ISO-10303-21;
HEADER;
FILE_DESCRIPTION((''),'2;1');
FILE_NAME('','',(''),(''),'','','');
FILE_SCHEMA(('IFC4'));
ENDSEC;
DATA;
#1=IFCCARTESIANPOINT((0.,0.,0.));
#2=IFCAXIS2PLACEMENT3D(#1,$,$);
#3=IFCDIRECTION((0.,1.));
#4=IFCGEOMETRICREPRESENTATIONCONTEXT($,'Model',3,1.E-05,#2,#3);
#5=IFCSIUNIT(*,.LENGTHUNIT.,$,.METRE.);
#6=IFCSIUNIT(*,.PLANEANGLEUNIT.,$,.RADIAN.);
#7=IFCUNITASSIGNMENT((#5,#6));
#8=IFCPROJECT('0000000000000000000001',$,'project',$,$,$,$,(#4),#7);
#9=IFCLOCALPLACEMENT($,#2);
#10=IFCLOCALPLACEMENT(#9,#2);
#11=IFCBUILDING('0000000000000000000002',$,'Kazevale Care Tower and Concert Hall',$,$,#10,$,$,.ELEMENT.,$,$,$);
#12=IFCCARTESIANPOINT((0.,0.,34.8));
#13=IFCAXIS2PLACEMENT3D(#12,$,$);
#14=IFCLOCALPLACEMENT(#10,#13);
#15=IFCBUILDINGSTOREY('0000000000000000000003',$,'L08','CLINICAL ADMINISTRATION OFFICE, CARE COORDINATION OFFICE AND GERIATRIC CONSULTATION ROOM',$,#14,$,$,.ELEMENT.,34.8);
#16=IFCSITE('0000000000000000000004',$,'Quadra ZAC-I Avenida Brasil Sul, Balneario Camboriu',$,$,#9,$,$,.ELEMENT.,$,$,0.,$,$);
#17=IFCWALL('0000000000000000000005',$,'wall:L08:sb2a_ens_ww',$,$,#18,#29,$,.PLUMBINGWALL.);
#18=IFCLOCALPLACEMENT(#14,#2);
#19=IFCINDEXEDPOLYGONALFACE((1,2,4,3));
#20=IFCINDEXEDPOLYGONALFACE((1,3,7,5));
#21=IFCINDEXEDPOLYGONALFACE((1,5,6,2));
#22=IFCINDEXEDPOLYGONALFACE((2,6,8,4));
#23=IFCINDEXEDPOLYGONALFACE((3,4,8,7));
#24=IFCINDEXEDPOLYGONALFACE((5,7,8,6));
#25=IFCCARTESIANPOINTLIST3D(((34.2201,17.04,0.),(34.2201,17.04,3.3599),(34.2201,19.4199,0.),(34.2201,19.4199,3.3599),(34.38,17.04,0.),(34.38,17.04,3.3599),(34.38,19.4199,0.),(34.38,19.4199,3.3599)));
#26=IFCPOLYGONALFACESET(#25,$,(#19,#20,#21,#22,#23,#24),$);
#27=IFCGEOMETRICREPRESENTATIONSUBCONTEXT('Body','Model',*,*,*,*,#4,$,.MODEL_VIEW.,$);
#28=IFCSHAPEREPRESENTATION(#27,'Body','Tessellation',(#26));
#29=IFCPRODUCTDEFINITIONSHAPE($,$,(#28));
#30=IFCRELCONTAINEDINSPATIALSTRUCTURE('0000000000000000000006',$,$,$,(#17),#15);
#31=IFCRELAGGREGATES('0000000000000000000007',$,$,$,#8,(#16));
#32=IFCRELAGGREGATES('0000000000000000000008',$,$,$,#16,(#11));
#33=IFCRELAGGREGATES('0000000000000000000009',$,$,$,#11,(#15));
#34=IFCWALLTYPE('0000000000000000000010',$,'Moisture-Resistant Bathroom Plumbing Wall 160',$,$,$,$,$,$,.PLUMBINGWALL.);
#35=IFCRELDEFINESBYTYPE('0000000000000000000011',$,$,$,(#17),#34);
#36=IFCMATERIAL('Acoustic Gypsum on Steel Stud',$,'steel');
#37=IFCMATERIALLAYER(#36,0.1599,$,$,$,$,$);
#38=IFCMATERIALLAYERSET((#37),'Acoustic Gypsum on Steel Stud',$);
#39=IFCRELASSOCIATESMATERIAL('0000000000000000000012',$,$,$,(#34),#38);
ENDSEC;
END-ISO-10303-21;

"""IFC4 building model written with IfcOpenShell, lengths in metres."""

from ifc_helpers import new_model, si_unit, direction, frame, frame_2d, origin, place, context, subcontext, project, spatial, rectangle, extrude, material, layer, layer_set, type_object, element, save


model = new_model("IFC4")

# Units and contexts
model_context = context("Model", 3, precision=1e-05, world=origin(), true_north=direction((0.0, 1.0)))
body_context = subcontext(model_context, "Body", "Model", "MODEL_VIEW")
ifc_project = project(units=[si_unit("LENGTHUNIT", "METRE"), si_unit("PLANEANGLEUNIT", "RADIAN")], contexts=[model_context])

# Site, building, storey
site_placement = place(None, origin())
site = spatial("IfcSite", under=ifc_project, at=site_placement, Name="Quadra ZAC-I Avenida Brasil Sul, Balneario Camboriu", CompositionType="ELEMENT", RefElevation=0.0)
building_placement = place(site_placement, origin())
building = spatial("IfcBuilding", under=site, at=building_placement, Name="Kazevale Care Tower and Concert Hall", CompositionType="ELEMENT")
storey_placement = place(building_placement, frame((0.0, 0.0, 34.8)))
storey = spatial("IfcBuildingStorey", under=building, at=storey_placement, Name="L08", Description="CLINICAL ADMINISTRATION OFFICE, CARE COORDINATION OFFICE AND GERIATRIC CONSULTATION ROOM", CompositionType="ELEMENT", Elevation=34.8)

# Shared definitions
ifc_material_1 = material(Name="Acoustic Gypsum on Steel Stud", Category="steel")
ifc_layer_1 = layer(ifc_material_1, 0.1599)
ifc_layer_set_1 = layer_set([ifc_layer_1], Name="Acoustic Gypsum on Steel Stud")
wall_type = type_object("IfcWallType", Name="Moisture-Resistant Bathroom Plumbing Wall 160", PredefinedType="PLUMBINGWALL", material=ifc_layer_set_1)

# Wall
wall_1_placement = place(storey_placement, frame((34.3, 17.04, 0.0), z_axis=(0.0, 0.0, 1.0), x_axis=(0.0, 1.0, 0.0)))
element("IfcWall", 1, at=wall_1_placement, inside=storey, type_object=wall_type, Name="wall:L08:sb2a_ens_ww", PredefinedType="PLUMBINGWALL", context=body_context, shape_type="SweptSolid", body=[
    extrude(rectangle(XDim=2.3799, YDim=0.1599, at=frame_2d((1.1899, 0.0))), origin(), (0.0, 0.0, 1.0), 3.3599),
])

save(model, "model.ifc")
